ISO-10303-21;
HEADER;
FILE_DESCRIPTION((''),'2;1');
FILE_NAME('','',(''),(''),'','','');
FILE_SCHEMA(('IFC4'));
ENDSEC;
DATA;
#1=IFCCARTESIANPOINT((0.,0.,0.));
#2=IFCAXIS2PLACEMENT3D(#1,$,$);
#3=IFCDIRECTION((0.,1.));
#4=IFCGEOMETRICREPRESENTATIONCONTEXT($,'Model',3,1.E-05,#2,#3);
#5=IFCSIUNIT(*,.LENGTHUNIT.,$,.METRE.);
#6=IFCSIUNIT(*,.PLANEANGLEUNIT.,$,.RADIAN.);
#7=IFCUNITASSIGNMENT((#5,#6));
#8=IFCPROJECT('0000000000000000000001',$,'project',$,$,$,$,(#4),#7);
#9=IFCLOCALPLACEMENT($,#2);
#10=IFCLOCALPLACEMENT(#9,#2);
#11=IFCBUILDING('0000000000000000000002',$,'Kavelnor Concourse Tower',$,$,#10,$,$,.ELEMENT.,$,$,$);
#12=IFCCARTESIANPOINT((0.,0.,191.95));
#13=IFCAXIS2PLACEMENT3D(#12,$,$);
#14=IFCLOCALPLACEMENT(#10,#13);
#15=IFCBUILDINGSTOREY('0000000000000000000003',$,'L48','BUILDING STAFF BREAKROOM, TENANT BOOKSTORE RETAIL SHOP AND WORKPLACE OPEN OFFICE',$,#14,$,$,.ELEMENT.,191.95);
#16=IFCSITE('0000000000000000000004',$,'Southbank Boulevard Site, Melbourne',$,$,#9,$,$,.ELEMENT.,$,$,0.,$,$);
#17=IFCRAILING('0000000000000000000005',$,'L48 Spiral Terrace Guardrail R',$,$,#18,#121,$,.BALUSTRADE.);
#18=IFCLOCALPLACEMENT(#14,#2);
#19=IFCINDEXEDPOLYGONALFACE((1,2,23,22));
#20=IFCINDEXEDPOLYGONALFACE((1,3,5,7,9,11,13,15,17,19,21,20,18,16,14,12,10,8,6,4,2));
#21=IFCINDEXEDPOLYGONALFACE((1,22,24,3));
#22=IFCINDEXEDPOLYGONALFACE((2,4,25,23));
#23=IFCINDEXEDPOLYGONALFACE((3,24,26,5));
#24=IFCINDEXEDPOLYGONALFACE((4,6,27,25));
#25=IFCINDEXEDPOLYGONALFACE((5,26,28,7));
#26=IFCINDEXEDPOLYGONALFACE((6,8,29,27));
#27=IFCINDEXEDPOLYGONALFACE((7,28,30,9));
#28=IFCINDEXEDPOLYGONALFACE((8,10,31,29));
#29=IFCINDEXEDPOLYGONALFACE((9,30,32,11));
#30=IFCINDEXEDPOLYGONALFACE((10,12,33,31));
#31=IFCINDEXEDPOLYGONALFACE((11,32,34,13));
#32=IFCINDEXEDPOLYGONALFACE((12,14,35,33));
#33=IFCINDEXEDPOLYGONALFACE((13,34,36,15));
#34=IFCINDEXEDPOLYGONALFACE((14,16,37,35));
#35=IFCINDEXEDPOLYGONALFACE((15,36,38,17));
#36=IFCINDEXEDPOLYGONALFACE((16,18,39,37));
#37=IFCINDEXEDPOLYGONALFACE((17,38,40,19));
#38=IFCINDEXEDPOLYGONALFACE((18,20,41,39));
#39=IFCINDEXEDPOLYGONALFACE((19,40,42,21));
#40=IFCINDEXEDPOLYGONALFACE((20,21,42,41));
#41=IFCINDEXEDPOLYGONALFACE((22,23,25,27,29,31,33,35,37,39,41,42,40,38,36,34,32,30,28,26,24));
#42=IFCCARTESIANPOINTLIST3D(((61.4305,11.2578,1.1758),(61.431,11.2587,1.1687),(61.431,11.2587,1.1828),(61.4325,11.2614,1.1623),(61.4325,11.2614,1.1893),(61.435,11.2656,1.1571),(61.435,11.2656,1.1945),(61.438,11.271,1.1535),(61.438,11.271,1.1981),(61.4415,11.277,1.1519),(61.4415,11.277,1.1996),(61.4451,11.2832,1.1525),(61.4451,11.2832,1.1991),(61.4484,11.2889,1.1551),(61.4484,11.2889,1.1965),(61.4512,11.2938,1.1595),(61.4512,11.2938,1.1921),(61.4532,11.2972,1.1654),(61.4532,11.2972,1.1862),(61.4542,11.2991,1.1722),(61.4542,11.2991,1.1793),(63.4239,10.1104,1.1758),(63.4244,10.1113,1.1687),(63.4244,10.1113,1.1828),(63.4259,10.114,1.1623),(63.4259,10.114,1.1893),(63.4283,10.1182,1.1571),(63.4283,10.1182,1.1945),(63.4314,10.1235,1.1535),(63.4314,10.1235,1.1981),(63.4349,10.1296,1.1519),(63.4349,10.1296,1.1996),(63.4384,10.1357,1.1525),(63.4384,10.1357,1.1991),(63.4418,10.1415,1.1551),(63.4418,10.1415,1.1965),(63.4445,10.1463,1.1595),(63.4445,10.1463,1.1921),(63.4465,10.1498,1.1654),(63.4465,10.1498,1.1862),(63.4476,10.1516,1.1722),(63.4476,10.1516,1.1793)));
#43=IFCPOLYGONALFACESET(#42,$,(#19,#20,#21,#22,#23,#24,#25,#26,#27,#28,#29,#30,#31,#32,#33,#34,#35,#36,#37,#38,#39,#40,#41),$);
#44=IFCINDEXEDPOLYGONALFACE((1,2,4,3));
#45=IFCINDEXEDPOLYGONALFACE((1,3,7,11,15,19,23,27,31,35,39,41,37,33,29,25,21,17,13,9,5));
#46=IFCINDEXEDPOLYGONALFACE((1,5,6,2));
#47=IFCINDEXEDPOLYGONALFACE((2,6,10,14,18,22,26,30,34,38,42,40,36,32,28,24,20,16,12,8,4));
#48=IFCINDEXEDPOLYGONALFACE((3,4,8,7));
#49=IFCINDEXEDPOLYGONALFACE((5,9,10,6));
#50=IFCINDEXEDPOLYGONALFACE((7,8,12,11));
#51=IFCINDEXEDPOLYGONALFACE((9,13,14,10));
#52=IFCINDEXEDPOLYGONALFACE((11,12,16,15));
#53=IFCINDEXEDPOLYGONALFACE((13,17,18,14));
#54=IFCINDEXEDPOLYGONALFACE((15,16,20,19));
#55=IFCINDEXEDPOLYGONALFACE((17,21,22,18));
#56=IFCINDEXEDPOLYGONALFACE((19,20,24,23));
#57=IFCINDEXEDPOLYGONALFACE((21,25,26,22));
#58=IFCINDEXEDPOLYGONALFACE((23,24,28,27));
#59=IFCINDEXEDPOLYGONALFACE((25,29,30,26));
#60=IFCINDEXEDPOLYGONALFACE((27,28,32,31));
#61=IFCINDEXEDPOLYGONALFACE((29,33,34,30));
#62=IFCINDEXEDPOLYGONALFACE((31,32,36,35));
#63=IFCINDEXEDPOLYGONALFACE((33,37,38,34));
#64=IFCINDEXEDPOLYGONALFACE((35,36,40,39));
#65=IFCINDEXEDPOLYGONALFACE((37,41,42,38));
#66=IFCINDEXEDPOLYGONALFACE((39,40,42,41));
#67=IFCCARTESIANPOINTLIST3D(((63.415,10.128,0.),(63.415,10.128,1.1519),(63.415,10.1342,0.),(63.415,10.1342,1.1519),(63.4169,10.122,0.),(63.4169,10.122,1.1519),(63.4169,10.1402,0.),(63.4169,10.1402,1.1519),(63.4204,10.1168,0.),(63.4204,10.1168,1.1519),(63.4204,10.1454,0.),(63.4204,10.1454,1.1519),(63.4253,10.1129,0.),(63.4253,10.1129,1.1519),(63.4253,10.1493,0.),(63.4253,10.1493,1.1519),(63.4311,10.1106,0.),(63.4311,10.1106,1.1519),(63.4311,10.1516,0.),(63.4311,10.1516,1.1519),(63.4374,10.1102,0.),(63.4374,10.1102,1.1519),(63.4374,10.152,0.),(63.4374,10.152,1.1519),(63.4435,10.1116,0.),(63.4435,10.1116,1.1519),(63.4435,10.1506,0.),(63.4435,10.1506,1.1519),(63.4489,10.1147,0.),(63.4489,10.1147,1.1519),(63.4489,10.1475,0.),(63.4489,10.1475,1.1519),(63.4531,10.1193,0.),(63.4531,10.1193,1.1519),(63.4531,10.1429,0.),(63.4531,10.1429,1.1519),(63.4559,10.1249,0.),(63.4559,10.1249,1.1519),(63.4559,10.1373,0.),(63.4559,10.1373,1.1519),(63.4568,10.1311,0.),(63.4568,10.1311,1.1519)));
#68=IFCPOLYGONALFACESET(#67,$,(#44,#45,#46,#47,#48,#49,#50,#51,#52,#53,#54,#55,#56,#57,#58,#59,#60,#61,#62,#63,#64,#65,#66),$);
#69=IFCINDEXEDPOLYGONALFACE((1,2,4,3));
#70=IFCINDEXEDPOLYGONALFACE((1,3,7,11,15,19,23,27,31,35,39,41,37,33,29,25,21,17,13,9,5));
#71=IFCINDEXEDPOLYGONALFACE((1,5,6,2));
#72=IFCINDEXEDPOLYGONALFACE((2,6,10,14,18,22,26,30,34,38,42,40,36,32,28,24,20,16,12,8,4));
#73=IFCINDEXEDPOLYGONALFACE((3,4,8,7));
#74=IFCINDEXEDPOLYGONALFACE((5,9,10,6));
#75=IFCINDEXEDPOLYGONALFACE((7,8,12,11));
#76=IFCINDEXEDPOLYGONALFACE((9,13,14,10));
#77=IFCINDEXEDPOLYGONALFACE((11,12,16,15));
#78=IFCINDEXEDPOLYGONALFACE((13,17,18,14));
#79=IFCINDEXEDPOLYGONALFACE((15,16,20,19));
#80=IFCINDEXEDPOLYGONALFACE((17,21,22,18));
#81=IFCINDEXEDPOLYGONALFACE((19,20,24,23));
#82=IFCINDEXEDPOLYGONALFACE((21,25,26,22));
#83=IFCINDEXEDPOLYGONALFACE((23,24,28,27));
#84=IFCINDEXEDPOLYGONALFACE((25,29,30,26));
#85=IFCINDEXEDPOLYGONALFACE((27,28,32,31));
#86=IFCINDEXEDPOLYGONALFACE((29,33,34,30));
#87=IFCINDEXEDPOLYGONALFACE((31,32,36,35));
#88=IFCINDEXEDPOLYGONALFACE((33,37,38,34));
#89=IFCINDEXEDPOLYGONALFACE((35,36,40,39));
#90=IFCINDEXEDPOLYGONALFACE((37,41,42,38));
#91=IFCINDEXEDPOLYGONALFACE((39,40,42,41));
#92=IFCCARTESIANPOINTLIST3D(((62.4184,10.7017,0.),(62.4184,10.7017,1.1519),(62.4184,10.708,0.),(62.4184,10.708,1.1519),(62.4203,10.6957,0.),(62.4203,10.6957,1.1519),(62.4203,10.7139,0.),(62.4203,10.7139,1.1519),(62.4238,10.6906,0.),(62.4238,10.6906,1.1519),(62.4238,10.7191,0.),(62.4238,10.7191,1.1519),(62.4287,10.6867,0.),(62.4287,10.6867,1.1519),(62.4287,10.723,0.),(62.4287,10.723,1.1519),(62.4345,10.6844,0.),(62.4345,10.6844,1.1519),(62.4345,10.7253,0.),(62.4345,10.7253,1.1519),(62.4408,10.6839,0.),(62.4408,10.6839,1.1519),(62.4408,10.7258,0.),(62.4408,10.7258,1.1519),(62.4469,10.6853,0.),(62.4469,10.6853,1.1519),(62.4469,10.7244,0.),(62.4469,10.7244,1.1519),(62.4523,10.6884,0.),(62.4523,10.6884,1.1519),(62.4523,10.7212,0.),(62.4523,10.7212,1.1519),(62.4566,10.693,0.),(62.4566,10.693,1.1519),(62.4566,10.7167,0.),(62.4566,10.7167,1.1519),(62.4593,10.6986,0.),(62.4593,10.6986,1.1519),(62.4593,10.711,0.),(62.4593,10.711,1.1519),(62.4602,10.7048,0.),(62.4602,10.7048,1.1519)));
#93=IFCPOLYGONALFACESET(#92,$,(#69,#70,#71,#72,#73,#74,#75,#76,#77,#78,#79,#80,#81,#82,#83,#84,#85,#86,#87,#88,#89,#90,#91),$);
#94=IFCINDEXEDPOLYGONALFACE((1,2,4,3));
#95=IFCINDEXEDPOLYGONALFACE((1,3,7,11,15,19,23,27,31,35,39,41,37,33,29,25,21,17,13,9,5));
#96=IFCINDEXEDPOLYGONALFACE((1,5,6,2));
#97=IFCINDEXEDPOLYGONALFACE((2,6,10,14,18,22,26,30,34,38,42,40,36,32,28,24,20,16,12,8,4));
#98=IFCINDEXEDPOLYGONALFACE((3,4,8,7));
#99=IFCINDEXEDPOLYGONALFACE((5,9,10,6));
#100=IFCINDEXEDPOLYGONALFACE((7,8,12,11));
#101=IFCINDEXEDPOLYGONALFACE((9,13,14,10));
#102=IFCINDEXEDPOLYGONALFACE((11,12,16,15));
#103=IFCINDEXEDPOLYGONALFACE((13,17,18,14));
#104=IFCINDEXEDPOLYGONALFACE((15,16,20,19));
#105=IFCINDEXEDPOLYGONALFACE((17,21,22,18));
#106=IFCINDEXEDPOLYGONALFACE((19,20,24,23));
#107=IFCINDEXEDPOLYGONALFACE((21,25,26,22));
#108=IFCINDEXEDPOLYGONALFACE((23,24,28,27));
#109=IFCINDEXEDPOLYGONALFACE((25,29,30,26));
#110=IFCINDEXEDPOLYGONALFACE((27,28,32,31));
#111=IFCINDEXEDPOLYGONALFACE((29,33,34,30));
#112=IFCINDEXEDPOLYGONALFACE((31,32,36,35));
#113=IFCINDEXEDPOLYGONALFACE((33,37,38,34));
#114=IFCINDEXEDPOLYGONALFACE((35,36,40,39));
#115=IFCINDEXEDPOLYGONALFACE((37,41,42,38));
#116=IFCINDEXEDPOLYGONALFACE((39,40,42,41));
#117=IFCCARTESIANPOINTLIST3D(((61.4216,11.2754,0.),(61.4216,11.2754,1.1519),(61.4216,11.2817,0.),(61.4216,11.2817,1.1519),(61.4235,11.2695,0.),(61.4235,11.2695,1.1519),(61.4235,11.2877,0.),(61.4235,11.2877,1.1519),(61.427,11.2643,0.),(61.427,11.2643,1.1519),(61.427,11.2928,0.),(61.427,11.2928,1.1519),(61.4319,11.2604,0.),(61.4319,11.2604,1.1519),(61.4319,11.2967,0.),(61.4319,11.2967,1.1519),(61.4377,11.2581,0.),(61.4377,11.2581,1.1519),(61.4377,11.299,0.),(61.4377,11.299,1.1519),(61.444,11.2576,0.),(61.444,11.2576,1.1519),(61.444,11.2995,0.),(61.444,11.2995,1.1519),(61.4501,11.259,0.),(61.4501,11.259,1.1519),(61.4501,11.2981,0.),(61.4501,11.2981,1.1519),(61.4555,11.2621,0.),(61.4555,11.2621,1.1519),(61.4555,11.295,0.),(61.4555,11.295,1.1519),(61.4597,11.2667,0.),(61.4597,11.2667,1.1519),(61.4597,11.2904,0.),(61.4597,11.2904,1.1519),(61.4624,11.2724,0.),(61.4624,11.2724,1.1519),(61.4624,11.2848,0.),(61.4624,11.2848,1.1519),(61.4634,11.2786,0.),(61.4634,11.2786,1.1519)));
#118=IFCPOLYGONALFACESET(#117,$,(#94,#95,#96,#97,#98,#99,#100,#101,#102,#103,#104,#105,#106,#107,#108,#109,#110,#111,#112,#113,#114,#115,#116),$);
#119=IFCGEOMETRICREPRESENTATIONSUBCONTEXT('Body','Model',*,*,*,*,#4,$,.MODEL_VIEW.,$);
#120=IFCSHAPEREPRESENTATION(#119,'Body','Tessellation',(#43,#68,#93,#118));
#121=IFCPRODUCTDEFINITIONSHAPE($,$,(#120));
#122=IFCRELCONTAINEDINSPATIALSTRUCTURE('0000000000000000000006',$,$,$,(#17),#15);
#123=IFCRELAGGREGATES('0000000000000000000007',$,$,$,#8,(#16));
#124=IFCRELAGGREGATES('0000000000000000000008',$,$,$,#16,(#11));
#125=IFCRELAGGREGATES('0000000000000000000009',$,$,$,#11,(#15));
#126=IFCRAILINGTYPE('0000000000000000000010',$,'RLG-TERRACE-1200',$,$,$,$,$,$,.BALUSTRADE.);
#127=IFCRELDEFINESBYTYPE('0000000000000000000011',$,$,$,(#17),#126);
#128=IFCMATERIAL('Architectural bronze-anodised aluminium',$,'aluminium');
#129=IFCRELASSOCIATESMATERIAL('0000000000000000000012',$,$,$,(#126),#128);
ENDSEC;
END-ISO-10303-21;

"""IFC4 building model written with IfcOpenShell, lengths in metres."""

from ifc_helpers import new_model, si_unit, direction, frame, origin, origin_2d, place, context, subcontext, project, spatial, circle, extrude, material, type_object, element, save


model = new_model("IFC4")

# Units and contexts
model_context = context("Model", 3, precision=1e-05, world=origin(), true_north=direction((0.0, 1.0)))
body_context = subcontext(model_context, "Body", "Model", "MODEL_VIEW")
ifc_project = project(units=[si_unit("LENGTHUNIT", "METRE"), si_unit("PLANEANGLEUNIT", "RADIAN")], contexts=[model_context])

# Site, building, storey
site_placement = place(None, origin())
site = spatial("IfcSite", under=ifc_project, at=site_placement, Name="Southbank Boulevard Site, Melbourne", CompositionType="ELEMENT", RefElevation=0.0)
building_placement = place(site_placement, origin())
building = spatial("IfcBuilding", under=site, at=building_placement, Name="Kavelnor Concourse Tower", CompositionType="ELEMENT")
storey_placement = place(building_placement, frame((0.0, 0.0, 191.95)))
storey = spatial("IfcBuildingStorey", under=building, at=storey_placement, Name="L48", Description="BUILDING STAFF BREAKROOM, TENANT BOOKSTORE RETAIL SHOP AND WORKPLACE OPEN OFFICE", CompositionType="ELEMENT", Elevation=191.95)

# Railing
ifc_material_1 = material(Name="Architectural bronze-anodised aluminium", Category="aluminium")
railing_type = type_object("IfcRailingType", Name="RLG-TERRACE-1200", PredefinedType="BALUSTRADE", material=ifc_material_1)
railing_1_placement = place(storey_placement, frame((63.4358, 10.1311, 0.0)))
element("IfcRailing", 1, at=railing_1_placement, inside=storey, type_object=railing_type, Name="L48 Spiral Terrace Guardrail R", PredefinedType="BALUSTRADE", context=body_context, shape_type="SweptSolid", body=[
    extrude(circle(Radius=0.0239, at=origin_2d()), frame((0.0, 0.0, 1.1758), z_axis=(-0.866671, 0.49888, 0.0), x_axis=(-0.49888, -0.866671, 0.0)), (0.0, 0.0, 1.0), 2.3),
    extrude(circle(Radius=0.021, at=origin_2d()), origin(), (0.0, 0.0, 1.0), 1.1519),
    extrude(circle(Radius=0.021, at=origin_2d()), frame((-0.9966, 0.5737, 0.0)), (0.0, 0.0, 1.0), 1.1519),
    extrude(circle(Radius=0.021, at=origin_2d()), frame((-1.9934, 1.1475, 0.0)), (0.0, 0.0, 1.0), 1.1519),
])

save(model, "model.ifc")
